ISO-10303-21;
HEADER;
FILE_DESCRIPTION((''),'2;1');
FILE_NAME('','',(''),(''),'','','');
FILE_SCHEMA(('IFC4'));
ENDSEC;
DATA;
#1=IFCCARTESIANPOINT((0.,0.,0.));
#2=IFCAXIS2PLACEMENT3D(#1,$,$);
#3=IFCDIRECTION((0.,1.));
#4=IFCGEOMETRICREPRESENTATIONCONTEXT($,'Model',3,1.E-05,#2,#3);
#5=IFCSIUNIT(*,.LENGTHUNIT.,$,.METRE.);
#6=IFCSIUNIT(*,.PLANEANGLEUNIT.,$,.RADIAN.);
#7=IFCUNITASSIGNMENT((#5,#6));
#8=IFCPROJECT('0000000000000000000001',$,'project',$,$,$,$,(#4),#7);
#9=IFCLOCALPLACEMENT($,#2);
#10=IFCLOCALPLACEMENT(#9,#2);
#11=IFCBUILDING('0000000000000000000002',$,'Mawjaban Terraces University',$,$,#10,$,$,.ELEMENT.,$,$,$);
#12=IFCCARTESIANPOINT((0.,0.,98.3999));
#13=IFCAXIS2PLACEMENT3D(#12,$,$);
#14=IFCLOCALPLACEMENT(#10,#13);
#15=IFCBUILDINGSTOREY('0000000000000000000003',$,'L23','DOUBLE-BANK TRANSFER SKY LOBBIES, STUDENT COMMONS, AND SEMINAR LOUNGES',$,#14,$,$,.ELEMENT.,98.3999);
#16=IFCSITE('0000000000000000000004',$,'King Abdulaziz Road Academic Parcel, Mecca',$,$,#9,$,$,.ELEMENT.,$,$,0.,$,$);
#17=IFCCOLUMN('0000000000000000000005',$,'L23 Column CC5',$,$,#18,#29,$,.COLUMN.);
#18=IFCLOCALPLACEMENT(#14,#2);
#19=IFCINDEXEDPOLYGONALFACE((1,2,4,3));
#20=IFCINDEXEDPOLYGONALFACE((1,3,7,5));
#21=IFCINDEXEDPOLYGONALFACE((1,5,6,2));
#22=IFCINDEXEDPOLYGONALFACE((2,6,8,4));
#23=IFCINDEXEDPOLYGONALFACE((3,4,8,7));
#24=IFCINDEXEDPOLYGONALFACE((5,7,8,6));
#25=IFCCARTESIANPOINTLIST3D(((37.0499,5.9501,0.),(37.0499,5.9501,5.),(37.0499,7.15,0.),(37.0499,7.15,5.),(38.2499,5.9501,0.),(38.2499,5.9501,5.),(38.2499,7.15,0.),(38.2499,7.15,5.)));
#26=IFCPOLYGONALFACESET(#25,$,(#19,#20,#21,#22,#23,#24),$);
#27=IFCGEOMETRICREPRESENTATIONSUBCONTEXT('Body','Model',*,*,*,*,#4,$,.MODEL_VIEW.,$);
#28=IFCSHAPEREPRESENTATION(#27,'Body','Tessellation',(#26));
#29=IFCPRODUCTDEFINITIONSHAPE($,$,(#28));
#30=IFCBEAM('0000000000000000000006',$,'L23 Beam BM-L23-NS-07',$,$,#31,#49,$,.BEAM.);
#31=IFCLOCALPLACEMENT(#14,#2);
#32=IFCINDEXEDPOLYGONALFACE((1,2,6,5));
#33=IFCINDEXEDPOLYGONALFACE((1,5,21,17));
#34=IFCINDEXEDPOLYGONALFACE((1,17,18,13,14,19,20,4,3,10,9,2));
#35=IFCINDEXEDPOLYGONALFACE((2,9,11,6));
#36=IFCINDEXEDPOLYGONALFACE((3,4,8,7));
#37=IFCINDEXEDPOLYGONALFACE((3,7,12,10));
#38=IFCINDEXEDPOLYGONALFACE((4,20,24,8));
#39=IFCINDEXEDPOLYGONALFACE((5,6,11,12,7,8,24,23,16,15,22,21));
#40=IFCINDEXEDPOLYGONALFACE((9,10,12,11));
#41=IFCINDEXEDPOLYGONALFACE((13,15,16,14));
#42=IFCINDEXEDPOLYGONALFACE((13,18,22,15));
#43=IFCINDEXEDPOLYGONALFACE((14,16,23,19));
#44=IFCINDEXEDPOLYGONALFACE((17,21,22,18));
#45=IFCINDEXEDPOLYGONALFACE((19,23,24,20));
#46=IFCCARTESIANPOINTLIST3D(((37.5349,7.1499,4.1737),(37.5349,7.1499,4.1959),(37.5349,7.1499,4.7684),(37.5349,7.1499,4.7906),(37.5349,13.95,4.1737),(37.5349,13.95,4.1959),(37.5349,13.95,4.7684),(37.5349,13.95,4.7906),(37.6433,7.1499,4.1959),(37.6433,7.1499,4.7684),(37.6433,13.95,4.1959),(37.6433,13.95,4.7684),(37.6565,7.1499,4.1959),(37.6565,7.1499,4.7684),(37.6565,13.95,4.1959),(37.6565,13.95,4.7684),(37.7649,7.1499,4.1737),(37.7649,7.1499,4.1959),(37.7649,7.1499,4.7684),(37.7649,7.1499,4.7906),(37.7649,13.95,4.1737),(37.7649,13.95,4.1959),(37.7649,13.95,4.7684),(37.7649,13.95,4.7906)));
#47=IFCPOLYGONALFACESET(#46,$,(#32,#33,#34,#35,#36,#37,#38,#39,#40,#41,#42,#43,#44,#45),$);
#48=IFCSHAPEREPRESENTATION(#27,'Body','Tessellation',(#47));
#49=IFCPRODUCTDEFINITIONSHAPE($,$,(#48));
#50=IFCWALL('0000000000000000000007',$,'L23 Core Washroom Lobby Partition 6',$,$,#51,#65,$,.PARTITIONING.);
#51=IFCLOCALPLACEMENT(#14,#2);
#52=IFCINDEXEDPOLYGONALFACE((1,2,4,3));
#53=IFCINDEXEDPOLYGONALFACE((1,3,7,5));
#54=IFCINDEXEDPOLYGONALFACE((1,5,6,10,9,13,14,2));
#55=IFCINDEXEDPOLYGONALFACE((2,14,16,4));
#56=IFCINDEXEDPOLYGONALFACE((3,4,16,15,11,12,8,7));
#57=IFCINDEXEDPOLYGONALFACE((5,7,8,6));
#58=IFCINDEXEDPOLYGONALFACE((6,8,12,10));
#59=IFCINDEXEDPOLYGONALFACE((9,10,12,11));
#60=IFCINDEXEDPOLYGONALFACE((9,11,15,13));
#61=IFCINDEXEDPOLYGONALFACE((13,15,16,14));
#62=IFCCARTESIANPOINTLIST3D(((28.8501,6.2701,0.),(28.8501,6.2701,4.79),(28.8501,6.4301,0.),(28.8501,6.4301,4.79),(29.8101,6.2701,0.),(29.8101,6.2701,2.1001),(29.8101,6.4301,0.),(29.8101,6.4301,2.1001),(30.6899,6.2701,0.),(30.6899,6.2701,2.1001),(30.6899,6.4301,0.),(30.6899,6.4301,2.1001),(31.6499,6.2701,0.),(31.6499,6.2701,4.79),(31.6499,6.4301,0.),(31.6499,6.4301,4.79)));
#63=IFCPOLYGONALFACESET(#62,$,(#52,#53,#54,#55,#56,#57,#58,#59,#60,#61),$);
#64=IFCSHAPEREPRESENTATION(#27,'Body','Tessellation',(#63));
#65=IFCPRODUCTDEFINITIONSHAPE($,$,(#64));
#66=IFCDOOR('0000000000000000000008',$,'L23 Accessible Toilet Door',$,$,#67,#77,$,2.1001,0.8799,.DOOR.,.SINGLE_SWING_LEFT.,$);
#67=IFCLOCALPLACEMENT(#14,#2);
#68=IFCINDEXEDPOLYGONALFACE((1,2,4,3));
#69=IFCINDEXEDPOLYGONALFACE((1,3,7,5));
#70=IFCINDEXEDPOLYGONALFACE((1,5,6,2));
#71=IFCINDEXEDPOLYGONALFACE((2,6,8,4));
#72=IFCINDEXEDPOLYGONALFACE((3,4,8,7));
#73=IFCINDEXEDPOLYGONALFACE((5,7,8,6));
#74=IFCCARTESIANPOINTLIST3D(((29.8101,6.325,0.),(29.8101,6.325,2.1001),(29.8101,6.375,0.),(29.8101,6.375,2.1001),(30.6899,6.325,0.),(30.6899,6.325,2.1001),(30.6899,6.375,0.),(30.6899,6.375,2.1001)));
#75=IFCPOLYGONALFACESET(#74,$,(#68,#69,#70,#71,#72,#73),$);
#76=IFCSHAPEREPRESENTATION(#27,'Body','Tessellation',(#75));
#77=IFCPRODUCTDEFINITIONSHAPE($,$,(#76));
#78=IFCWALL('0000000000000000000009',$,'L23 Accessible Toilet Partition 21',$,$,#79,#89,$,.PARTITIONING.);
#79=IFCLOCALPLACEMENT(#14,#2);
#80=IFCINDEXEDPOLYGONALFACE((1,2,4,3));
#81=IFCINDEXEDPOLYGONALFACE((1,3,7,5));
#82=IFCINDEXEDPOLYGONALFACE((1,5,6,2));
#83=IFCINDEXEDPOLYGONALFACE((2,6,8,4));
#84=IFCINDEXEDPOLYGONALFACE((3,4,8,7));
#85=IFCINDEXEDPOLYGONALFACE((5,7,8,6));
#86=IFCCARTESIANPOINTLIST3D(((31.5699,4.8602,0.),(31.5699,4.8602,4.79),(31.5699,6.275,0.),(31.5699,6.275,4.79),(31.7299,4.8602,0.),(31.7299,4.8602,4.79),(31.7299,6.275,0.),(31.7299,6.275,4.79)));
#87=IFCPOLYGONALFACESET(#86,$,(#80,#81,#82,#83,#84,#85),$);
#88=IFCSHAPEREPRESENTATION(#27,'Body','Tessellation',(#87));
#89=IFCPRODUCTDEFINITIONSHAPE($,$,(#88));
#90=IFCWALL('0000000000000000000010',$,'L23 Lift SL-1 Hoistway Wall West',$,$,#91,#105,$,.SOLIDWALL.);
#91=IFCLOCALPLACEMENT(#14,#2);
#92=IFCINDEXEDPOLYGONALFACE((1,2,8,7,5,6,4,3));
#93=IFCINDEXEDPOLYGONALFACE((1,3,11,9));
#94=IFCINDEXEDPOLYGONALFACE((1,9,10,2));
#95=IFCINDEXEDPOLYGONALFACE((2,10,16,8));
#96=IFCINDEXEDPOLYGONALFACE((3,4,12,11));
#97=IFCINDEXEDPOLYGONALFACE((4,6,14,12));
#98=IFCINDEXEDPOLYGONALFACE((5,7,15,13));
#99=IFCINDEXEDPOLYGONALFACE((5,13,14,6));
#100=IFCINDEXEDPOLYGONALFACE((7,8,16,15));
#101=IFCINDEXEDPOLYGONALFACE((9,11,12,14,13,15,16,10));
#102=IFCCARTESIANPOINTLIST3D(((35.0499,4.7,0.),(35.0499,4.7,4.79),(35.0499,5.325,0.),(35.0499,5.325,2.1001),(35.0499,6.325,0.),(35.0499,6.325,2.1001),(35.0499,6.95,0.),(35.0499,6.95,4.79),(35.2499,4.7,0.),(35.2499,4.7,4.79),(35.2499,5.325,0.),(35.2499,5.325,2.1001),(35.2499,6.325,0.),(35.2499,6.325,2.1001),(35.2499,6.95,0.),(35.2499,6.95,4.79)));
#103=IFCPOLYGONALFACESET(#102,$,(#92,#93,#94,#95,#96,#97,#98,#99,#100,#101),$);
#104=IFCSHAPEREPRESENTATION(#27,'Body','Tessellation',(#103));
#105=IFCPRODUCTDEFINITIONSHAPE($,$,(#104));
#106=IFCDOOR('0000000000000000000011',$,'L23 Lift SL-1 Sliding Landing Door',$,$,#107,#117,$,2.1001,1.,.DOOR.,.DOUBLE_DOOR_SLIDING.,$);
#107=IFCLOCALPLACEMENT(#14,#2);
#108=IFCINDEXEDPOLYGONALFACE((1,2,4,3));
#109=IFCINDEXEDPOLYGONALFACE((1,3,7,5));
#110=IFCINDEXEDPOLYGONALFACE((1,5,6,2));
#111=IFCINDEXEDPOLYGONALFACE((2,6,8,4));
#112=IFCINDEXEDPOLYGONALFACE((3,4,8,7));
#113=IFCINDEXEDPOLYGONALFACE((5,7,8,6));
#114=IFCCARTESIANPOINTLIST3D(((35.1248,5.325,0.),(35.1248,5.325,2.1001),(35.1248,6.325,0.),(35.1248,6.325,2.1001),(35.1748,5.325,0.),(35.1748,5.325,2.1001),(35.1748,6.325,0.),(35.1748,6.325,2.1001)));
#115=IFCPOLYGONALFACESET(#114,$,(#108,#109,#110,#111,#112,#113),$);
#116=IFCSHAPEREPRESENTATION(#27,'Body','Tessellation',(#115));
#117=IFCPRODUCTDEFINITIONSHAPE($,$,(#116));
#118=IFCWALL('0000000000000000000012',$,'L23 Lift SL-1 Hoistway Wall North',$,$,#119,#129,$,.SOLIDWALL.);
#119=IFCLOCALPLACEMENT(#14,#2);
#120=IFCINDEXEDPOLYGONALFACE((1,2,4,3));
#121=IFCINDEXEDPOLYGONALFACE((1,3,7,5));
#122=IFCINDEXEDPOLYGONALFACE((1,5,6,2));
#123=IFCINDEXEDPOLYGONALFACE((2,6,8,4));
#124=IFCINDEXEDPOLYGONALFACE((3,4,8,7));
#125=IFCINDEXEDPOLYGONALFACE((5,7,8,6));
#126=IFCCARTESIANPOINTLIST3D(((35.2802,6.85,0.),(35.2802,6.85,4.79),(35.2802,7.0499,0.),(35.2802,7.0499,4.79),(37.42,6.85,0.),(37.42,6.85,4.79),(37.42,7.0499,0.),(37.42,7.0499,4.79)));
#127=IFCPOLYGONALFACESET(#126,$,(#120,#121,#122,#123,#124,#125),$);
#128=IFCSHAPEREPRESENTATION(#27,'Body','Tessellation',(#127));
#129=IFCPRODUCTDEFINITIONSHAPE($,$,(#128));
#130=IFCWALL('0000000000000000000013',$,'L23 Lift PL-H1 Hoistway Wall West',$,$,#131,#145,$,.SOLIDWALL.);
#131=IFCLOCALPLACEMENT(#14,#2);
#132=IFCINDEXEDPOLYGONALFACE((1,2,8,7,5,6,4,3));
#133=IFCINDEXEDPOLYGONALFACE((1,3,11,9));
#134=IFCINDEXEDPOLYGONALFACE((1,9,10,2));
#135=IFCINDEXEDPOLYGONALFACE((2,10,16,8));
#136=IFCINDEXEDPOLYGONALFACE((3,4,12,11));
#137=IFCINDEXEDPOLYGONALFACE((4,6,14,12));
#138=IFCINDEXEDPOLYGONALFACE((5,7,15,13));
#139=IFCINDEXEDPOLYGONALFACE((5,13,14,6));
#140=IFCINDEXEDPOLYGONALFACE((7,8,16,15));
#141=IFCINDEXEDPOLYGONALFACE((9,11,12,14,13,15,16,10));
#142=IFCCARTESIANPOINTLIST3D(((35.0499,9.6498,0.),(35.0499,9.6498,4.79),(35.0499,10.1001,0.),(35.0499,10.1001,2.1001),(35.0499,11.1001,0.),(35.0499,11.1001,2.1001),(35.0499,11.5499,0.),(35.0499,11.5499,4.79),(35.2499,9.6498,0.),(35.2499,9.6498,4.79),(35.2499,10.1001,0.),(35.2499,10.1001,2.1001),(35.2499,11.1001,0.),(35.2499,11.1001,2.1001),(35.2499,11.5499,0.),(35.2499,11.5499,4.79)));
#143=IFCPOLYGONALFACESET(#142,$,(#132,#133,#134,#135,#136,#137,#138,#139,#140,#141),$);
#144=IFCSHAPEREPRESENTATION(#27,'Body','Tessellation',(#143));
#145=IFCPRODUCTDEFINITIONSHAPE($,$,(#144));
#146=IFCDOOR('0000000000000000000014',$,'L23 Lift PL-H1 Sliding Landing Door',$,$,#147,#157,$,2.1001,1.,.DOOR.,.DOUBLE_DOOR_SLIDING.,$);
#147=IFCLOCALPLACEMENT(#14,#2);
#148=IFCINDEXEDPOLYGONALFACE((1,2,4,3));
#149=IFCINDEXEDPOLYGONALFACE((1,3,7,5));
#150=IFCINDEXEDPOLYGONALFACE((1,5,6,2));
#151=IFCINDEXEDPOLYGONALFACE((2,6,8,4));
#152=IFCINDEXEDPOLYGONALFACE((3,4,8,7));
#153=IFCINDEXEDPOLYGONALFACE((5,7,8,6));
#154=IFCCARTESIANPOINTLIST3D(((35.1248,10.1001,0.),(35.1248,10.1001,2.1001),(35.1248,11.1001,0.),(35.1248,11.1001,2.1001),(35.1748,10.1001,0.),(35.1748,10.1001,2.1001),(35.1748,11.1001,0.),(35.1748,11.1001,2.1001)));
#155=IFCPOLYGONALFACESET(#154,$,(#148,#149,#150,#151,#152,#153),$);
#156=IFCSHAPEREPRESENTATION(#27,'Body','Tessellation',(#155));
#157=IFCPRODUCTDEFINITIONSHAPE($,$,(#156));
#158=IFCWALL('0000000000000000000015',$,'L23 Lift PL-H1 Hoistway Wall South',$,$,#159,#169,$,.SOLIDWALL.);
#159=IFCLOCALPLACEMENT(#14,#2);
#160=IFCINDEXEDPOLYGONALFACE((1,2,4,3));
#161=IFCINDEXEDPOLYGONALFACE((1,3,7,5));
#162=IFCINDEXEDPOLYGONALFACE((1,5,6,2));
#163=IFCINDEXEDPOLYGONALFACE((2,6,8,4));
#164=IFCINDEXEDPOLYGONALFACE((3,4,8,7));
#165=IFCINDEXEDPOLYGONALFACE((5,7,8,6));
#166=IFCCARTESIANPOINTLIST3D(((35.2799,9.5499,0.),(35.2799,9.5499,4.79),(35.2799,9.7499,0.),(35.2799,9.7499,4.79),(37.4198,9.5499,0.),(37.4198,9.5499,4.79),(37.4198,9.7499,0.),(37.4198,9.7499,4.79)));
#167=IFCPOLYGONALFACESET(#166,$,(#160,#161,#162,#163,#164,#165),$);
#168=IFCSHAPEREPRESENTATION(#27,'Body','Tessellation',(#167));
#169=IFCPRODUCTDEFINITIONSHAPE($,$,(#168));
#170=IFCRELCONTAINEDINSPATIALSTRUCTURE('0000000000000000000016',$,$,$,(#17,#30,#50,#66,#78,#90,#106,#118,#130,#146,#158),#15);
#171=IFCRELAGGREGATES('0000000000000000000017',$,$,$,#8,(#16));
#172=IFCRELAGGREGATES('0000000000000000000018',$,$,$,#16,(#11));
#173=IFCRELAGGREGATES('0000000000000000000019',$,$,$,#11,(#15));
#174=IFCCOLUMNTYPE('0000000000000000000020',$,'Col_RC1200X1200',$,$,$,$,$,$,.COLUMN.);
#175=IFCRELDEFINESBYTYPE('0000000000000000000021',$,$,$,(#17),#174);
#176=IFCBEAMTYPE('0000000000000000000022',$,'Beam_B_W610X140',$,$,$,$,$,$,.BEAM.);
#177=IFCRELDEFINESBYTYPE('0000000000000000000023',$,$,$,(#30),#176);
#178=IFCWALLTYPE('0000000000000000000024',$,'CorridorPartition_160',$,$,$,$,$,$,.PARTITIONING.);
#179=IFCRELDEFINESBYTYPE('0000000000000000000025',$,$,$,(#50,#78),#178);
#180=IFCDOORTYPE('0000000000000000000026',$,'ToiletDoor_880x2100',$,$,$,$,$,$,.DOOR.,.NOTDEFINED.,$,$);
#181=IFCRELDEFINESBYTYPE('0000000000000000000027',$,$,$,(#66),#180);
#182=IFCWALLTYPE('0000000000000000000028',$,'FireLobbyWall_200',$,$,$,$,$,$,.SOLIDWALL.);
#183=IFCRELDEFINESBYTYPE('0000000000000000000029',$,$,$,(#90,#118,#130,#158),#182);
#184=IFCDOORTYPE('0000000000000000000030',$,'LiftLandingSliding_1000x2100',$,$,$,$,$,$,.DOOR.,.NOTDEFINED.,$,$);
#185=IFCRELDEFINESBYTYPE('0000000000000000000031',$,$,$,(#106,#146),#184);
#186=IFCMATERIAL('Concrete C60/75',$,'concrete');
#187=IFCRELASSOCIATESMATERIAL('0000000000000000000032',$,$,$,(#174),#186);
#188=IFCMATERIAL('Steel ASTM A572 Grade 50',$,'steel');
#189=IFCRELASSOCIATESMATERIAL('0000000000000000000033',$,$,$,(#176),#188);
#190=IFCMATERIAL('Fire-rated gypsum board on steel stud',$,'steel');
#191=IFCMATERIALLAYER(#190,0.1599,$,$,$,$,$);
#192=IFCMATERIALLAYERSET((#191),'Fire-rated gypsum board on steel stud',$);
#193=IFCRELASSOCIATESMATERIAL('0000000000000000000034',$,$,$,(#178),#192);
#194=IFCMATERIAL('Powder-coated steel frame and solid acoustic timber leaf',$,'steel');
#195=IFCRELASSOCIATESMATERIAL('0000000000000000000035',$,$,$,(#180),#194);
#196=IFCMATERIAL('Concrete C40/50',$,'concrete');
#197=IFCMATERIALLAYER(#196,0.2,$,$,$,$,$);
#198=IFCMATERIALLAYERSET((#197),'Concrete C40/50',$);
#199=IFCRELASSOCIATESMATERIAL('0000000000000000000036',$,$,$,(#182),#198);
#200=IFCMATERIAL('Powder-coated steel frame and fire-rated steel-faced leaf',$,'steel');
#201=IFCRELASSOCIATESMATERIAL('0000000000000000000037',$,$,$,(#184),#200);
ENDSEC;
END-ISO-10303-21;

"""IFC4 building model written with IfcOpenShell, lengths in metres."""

from ifc_helpers import new_model, si_unit, direction, frame, frame_2d, origin, origin_2d, place, context, subcontext, project, spatial, rectangle, i_section, extrude, material, layer, layer_set, material_profile, profile_set, type_object, element, fill, save


model = new_model("IFC4")

# Units and contexts
model_context = context("Model", 3, precision=1e-05, world=origin(), true_north=direction((0.0, 1.0)))
body_context = subcontext(model_context, "Body", "Model", "MODEL_VIEW")
ifc_project = project(units=[si_unit("LENGTHUNIT", "METRE"), si_unit("PLANEANGLEUNIT", "RADIAN")], contexts=[model_context])

# Site, building, storey
site_placement = place(None, origin())
site = spatial("IfcSite", under=ifc_project, at=site_placement, Name="King Abdulaziz Road Academic Parcel, Mecca", CompositionType="ELEMENT", RefElevation=0.0)
building_placement = place(site_placement, origin())
building = spatial("IfcBuilding", under=site, at=building_placement, Name="Mawjaban Terraces University", CompositionType="ELEMENT")
storey_placement = place(building_placement, frame((0.0, 0.0, 98.3999)))
storey = spatial("IfcBuildingStorey", under=building, at=storey_placement, Name="L23", Description="DOUBLE-BANK TRANSFER SKY LOBBIES, STUDENT COMMONS, AND SEMINAR LOUNGES", CompositionType="ELEMENT", Elevation=98.3999)

# Column
ifc_material_1 = material(Name="Concrete C60/75", Category="concrete")
ifc_material_profile_1 = material_profile(ifc_material_1, rectangle(XDim=1.2, YDim=1.2, at=origin_2d()), Name="RC1200X1200")
ifc_profile_set_1 = profile_set([ifc_material_profile_1], Name="Concrete C60/75")
column_type = type_object("IfcColumnType", Name="Col_RC1200X1200", PredefinedType="COLUMN", material=ifc_profile_set_1)
column_placement = place(storey_placement, frame((37.6499, 6.55, 0.0), z_axis=(0.0, 0.0, 1.0), x_axis=(1.0, 0.0, 0.0)))
element("IfcColumn", 1, at=column_placement, inside=storey, type_object=column_type, Name="L23 Column CC5", PredefinedType="COLUMN", context=body_context, shape_type="SweptSolid", body=[
    extrude(rectangle(XDim=1.2, YDim=1.2, at=origin_2d()), origin(), (0.0, 0.0, 1.0), 5.0),
])

# Beam
ifc_material_2 = material(Name="Steel ASTM A572 Grade 50", Category="steel")
ifc_material_profile_2 = material_profile(ifc_material_2, i_section(OverallWidth=0.23, OverallDepth=0.6169, WebThickness=0.0132, FlangeThickness=0.0222, at=origin_2d()), Name="W610X140")
ifc_profile_set_2 = profile_set([ifc_material_profile_2], Name="Steel ASTM A572 Grade 50")
beam_type = type_object("IfcBeamType", Name="Beam_B_W610X140", PredefinedType="BEAM", material=ifc_profile_set_2)
beam_placement = place(storey_placement, frame((37.6499, 7.1499, 4.4822), z_axis=(0.0, 1.0, 0.0), x_axis=(-1.0, 0.0, 0.0)))
element("IfcBeam", 2, at=beam_placement, inside=storey, type_object=beam_type, Name="L23 Beam BM-L23-NS-07", PredefinedType="BEAM", context=body_context, shape_type="SweptSolid", body=[
    extrude(i_section(OverallWidth=0.23, OverallDepth=0.6169, WebThickness=0.0132, FlangeThickness=0.0222, at=origin_2d()), origin(), (0.0, 0.0, 1.0), 6.8),
])

# Wall, opening, door
ifc_material_3 = material(Name="Fire-rated gypsum board on steel stud", Category="steel")
ifc_layer_1 = layer(ifc_material_3, 0.1599)
ifc_layer_set_1 = layer_set([ifc_layer_1], Name="Fire-rated gypsum board on steel stud")
wall_type_1 = type_object("IfcWallType", Name="CorridorPartition_160", PredefinedType="PARTITIONING", material=ifc_layer_set_1)
wall_1_placement = place(storey_placement, frame((28.8501, 6.3501, 0.0), z_axis=(0.0, 0.0, 1.0), x_axis=(1.0, 0.0, 0.0)))
wall_1 = element("IfcWall", 3, at=wall_1_placement, inside=storey, type_object=wall_type_1, Name="L23 Core Washroom Lobby Partition 6", PredefinedType="PARTITIONING", context=body_context, shape_type="SweptSolid", body=[
    extrude(rectangle(XDim=2.7998, YDim=0.1599, at=frame_2d((1.3999, 0.0))), origin(), (0.0, 0.0, 1.0), 4.79),
])
opening_1_placement = place(wall_1_placement, frame((0.96, 0.0, 0.0)))
opening_1 = element("IfcOpeningElement", 4, at=opening_1_placement, cuts=wall_1, PredefinedType="OPENING", context=body_context, shape_type="SweptSolid", body=[
    extrude(rectangle(XDim=0.8799, YDim=2.1001, at=frame_2d((0.4399, 1.05))), frame((0.0, 0.0898, 0.0), z_axis=(0.0, -1.0, 0.0), x_axis=(1.0, 0.0, 0.0)), (0.0, 0.0, 1.0), 0.1799),
])
ifc_material_4 = material(Name="Powder-coated steel frame and solid acoustic timber leaf", Category="steel")
door_type_1 = type_object("IfcDoorType", Name="ToiletDoor_880x2100", OperationType="NOTDEFINED", PredefinedType="DOOR", material=ifc_material_4)
door_1_placement = place(opening_1_placement, origin())
door_1 = element("IfcDoor", 5, at=door_1_placement, inside=storey, type_object=door_type_1, Name="L23 Accessible Toilet Door", OperationType="SINGLE_SWING_LEFT", OverallHeight=2.1001, OverallWidth=0.8799, PredefinedType="DOOR", context=body_context, shape_type="SweptSolid", body=[
    extrude(rectangle(XDim=0.8799, YDim=2.1001, at=frame_2d((0.4399, 1.05))), frame((0.0, 0.0249, 0.0), z_axis=(0.0, -1.0, 0.0), x_axis=(1.0, 0.0, 0.0)), (0.0, 0.0, 1.0), 0.05),
])
fill(opening_1, door_1)

# Wall
wall_2_placement = place(storey_placement, frame((31.6499, 4.8601, 0.0), z_axis=(0.0, 0.0, 1.0), x_axis=(0.0, 1.0, 0.0)))
element("IfcWall", 6, at=wall_2_placement, inside=storey, type_object=wall_type_1, Name="L23 Accessible Toilet Partition 21", PredefinedType="PARTITIONING", context=body_context, shape_type="SweptSolid", body=[
    extrude(rectangle(XDim=1.4148, YDim=0.1599, at=frame_2d((0.7075, 0.0))), origin(), (0.0, 0.0, 1.0), 4.79),
])

# Wall, opening, door
ifc_material_5 = material(Name="Concrete C40/50", Category="concrete")
ifc_layer_2 = layer(ifc_material_5, 0.2)
ifc_layer_set_2 = layer_set([ifc_layer_2], Name="Concrete C40/50")
wall_type_2 = type_object("IfcWallType", Name="FireLobbyWall_200", PredefinedType="SOLIDWALL", material=ifc_layer_set_2)
wall_3_placement = place(storey_placement, frame((35.1499, 6.95, 0.0), z_axis=(0.0, 0.0, 1.0), x_axis=(0.0, -1.0, 0.0)))
wall_3 = element("IfcWall", 7, at=wall_3_placement, inside=storey, type_object=wall_type_2, Name="L23 Lift SL-1 Hoistway Wall West", PredefinedType="SOLIDWALL", context=body_context, shape_type="SweptSolid", body=[
    extrude(rectangle(XDim=2.25, YDim=0.2, at=frame_2d((1.125, 0.0))), origin(), (0.0, 0.0, 1.0), 4.79),
])
opening_2_placement = place(wall_3_placement, frame((0.625, 0.0, 0.0)))
opening_2 = element("IfcOpeningElement", 8, at=opening_2_placement, cuts=wall_3, PredefinedType="OPENING", context=body_context, shape_type="SweptSolid", body=[
    extrude(rectangle(XDim=1.0, YDim=2.1001, at=frame_2d((0.5, 1.05))), frame((0.0, 0.1099, 0.0), z_axis=(0.0, -1.0, 0.0), x_axis=(1.0, 0.0, 0.0)), (0.0, 0.0, 1.0), 0.22),
])
ifc_material_6 = material(Name="Powder-coated steel frame and fire-rated steel-faced leaf", Category="steel")
door_type_2 = type_object("IfcDoorType", Name="LiftLandingSliding_1000x2100", OperationType="NOTDEFINED", PredefinedType="DOOR", material=ifc_material_6)
door_2_placement = place(opening_2_placement, origin())
door_2 = element("IfcDoor", 9, at=door_2_placement, inside=storey, type_object=door_type_2, Name="L23 Lift SL-1 Sliding Landing Door", OperationType="DOUBLE_DOOR_SLIDING", OverallHeight=2.1001, OverallWidth=1.0, PredefinedType="DOOR", context=body_context, shape_type="SweptSolid", body=[
    extrude(rectangle(XDim=1.0, YDim=2.1001, at=frame_2d((0.5, 1.05))), frame((0.0, 0.0249, 0.0), z_axis=(0.0, -1.0, 0.0), x_axis=(1.0, 0.0, 0.0)), (0.0, 0.0, 1.0), 0.05),
])
fill(opening_2, door_2)

# Wall
wall_4_placement = place(storey_placement, frame((37.4199, 6.95, 0.0), z_axis=(0.0, 0.0, 1.0), x_axis=(-1.0, 0.0, 0.0)))
element("IfcWall", 10, at=wall_4_placement, inside=storey, type_object=wall_type_2, Name="L23 Lift SL-1 Hoistway Wall North", PredefinedType="SOLIDWALL", context=body_context, shape_type="SweptSolid", body=[
    extrude(rectangle(XDim=2.1399, YDim=0.2, at=frame_2d((1.0698, 0.0))), origin(), (0.0, 0.0, 1.0), 4.79),
])

# Wall, opening, door
wall_5_placement = place(storey_placement, frame((35.1499, 11.55, 0.0), z_axis=(0.0, 0.0, 1.0), x_axis=(0.0, -1.0, 0.0)))
wall_5 = element("IfcWall", 11, at=wall_5_placement, inside=storey, type_object=wall_type_2, Name="L23 Lift PL-H1 Hoistway Wall West", PredefinedType="SOLIDWALL", context=body_context, shape_type="SweptSolid", body=[
    extrude(rectangle(XDim=1.9001, YDim=0.2, at=frame_2d((0.9502, 0.0))), origin(), (0.0, 0.0, 1.0), 4.79),
])
opening_3_placement = place(wall_5_placement, frame((0.45, 0.0, 0.0)))
opening_3 = element("IfcOpeningElement", 12, at=opening_3_placement, cuts=wall_5, PredefinedType="OPENING", context=body_context, shape_type="SweptSolid", body=[
    extrude(rectangle(XDim=1.0, YDim=2.1001, at=frame_2d((0.5, 1.05))), frame((0.0, 0.1099, 0.0), z_axis=(0.0, -1.0, 0.0), x_axis=(1.0, 0.0, 0.0)), (0.0, 0.0, 1.0), 0.22),
])
door_3_placement = place(opening_3_placement, origin())
door_3 = element("IfcDoor", 13, at=door_3_placement, inside=storey, type_object=door_type_2, Name="L23 Lift PL-H1 Sliding Landing Door", OperationType="DOUBLE_DOOR_SLIDING", OverallHeight=2.1001, OverallWidth=1.0, PredefinedType="DOOR", context=body_context, shape_type="SweptSolid", body=[
    extrude(rectangle(XDim=1.0, YDim=2.1001, at=frame_2d((0.5, 1.05))), frame((0.0, 0.0249, 0.0), z_axis=(0.0, -1.0, 0.0), x_axis=(1.0, 0.0, 0.0)), (0.0, 0.0, 1.0), 0.05),
])
fill(opening_3, door_3)

# Wall
for number, where, z_axis, x_axis, name in (
    (14, (35.28, 9.6499, 0.0), (0.0, 0.0, 1.0), (1.0, 0.0, 0.0), "L23 Lift PL-H1 Hoistway Wall South"),
):
    element("IfcWall", number, at=place(storey_placement, frame(where, z_axis=z_axis, x_axis=x_axis)), inside=storey, type_object=wall_type_2, Name=name, PredefinedType="SOLIDWALL", context=body_context, shape_type="SweptSolid", body=[
        extrude(rectangle(XDim=2.1399, YDim=0.2, at=frame_2d((1.0698, 0.0))), origin(), (0.0, 0.0, 1.0), 4.79),
    ])

save(model, "model.ifc")
